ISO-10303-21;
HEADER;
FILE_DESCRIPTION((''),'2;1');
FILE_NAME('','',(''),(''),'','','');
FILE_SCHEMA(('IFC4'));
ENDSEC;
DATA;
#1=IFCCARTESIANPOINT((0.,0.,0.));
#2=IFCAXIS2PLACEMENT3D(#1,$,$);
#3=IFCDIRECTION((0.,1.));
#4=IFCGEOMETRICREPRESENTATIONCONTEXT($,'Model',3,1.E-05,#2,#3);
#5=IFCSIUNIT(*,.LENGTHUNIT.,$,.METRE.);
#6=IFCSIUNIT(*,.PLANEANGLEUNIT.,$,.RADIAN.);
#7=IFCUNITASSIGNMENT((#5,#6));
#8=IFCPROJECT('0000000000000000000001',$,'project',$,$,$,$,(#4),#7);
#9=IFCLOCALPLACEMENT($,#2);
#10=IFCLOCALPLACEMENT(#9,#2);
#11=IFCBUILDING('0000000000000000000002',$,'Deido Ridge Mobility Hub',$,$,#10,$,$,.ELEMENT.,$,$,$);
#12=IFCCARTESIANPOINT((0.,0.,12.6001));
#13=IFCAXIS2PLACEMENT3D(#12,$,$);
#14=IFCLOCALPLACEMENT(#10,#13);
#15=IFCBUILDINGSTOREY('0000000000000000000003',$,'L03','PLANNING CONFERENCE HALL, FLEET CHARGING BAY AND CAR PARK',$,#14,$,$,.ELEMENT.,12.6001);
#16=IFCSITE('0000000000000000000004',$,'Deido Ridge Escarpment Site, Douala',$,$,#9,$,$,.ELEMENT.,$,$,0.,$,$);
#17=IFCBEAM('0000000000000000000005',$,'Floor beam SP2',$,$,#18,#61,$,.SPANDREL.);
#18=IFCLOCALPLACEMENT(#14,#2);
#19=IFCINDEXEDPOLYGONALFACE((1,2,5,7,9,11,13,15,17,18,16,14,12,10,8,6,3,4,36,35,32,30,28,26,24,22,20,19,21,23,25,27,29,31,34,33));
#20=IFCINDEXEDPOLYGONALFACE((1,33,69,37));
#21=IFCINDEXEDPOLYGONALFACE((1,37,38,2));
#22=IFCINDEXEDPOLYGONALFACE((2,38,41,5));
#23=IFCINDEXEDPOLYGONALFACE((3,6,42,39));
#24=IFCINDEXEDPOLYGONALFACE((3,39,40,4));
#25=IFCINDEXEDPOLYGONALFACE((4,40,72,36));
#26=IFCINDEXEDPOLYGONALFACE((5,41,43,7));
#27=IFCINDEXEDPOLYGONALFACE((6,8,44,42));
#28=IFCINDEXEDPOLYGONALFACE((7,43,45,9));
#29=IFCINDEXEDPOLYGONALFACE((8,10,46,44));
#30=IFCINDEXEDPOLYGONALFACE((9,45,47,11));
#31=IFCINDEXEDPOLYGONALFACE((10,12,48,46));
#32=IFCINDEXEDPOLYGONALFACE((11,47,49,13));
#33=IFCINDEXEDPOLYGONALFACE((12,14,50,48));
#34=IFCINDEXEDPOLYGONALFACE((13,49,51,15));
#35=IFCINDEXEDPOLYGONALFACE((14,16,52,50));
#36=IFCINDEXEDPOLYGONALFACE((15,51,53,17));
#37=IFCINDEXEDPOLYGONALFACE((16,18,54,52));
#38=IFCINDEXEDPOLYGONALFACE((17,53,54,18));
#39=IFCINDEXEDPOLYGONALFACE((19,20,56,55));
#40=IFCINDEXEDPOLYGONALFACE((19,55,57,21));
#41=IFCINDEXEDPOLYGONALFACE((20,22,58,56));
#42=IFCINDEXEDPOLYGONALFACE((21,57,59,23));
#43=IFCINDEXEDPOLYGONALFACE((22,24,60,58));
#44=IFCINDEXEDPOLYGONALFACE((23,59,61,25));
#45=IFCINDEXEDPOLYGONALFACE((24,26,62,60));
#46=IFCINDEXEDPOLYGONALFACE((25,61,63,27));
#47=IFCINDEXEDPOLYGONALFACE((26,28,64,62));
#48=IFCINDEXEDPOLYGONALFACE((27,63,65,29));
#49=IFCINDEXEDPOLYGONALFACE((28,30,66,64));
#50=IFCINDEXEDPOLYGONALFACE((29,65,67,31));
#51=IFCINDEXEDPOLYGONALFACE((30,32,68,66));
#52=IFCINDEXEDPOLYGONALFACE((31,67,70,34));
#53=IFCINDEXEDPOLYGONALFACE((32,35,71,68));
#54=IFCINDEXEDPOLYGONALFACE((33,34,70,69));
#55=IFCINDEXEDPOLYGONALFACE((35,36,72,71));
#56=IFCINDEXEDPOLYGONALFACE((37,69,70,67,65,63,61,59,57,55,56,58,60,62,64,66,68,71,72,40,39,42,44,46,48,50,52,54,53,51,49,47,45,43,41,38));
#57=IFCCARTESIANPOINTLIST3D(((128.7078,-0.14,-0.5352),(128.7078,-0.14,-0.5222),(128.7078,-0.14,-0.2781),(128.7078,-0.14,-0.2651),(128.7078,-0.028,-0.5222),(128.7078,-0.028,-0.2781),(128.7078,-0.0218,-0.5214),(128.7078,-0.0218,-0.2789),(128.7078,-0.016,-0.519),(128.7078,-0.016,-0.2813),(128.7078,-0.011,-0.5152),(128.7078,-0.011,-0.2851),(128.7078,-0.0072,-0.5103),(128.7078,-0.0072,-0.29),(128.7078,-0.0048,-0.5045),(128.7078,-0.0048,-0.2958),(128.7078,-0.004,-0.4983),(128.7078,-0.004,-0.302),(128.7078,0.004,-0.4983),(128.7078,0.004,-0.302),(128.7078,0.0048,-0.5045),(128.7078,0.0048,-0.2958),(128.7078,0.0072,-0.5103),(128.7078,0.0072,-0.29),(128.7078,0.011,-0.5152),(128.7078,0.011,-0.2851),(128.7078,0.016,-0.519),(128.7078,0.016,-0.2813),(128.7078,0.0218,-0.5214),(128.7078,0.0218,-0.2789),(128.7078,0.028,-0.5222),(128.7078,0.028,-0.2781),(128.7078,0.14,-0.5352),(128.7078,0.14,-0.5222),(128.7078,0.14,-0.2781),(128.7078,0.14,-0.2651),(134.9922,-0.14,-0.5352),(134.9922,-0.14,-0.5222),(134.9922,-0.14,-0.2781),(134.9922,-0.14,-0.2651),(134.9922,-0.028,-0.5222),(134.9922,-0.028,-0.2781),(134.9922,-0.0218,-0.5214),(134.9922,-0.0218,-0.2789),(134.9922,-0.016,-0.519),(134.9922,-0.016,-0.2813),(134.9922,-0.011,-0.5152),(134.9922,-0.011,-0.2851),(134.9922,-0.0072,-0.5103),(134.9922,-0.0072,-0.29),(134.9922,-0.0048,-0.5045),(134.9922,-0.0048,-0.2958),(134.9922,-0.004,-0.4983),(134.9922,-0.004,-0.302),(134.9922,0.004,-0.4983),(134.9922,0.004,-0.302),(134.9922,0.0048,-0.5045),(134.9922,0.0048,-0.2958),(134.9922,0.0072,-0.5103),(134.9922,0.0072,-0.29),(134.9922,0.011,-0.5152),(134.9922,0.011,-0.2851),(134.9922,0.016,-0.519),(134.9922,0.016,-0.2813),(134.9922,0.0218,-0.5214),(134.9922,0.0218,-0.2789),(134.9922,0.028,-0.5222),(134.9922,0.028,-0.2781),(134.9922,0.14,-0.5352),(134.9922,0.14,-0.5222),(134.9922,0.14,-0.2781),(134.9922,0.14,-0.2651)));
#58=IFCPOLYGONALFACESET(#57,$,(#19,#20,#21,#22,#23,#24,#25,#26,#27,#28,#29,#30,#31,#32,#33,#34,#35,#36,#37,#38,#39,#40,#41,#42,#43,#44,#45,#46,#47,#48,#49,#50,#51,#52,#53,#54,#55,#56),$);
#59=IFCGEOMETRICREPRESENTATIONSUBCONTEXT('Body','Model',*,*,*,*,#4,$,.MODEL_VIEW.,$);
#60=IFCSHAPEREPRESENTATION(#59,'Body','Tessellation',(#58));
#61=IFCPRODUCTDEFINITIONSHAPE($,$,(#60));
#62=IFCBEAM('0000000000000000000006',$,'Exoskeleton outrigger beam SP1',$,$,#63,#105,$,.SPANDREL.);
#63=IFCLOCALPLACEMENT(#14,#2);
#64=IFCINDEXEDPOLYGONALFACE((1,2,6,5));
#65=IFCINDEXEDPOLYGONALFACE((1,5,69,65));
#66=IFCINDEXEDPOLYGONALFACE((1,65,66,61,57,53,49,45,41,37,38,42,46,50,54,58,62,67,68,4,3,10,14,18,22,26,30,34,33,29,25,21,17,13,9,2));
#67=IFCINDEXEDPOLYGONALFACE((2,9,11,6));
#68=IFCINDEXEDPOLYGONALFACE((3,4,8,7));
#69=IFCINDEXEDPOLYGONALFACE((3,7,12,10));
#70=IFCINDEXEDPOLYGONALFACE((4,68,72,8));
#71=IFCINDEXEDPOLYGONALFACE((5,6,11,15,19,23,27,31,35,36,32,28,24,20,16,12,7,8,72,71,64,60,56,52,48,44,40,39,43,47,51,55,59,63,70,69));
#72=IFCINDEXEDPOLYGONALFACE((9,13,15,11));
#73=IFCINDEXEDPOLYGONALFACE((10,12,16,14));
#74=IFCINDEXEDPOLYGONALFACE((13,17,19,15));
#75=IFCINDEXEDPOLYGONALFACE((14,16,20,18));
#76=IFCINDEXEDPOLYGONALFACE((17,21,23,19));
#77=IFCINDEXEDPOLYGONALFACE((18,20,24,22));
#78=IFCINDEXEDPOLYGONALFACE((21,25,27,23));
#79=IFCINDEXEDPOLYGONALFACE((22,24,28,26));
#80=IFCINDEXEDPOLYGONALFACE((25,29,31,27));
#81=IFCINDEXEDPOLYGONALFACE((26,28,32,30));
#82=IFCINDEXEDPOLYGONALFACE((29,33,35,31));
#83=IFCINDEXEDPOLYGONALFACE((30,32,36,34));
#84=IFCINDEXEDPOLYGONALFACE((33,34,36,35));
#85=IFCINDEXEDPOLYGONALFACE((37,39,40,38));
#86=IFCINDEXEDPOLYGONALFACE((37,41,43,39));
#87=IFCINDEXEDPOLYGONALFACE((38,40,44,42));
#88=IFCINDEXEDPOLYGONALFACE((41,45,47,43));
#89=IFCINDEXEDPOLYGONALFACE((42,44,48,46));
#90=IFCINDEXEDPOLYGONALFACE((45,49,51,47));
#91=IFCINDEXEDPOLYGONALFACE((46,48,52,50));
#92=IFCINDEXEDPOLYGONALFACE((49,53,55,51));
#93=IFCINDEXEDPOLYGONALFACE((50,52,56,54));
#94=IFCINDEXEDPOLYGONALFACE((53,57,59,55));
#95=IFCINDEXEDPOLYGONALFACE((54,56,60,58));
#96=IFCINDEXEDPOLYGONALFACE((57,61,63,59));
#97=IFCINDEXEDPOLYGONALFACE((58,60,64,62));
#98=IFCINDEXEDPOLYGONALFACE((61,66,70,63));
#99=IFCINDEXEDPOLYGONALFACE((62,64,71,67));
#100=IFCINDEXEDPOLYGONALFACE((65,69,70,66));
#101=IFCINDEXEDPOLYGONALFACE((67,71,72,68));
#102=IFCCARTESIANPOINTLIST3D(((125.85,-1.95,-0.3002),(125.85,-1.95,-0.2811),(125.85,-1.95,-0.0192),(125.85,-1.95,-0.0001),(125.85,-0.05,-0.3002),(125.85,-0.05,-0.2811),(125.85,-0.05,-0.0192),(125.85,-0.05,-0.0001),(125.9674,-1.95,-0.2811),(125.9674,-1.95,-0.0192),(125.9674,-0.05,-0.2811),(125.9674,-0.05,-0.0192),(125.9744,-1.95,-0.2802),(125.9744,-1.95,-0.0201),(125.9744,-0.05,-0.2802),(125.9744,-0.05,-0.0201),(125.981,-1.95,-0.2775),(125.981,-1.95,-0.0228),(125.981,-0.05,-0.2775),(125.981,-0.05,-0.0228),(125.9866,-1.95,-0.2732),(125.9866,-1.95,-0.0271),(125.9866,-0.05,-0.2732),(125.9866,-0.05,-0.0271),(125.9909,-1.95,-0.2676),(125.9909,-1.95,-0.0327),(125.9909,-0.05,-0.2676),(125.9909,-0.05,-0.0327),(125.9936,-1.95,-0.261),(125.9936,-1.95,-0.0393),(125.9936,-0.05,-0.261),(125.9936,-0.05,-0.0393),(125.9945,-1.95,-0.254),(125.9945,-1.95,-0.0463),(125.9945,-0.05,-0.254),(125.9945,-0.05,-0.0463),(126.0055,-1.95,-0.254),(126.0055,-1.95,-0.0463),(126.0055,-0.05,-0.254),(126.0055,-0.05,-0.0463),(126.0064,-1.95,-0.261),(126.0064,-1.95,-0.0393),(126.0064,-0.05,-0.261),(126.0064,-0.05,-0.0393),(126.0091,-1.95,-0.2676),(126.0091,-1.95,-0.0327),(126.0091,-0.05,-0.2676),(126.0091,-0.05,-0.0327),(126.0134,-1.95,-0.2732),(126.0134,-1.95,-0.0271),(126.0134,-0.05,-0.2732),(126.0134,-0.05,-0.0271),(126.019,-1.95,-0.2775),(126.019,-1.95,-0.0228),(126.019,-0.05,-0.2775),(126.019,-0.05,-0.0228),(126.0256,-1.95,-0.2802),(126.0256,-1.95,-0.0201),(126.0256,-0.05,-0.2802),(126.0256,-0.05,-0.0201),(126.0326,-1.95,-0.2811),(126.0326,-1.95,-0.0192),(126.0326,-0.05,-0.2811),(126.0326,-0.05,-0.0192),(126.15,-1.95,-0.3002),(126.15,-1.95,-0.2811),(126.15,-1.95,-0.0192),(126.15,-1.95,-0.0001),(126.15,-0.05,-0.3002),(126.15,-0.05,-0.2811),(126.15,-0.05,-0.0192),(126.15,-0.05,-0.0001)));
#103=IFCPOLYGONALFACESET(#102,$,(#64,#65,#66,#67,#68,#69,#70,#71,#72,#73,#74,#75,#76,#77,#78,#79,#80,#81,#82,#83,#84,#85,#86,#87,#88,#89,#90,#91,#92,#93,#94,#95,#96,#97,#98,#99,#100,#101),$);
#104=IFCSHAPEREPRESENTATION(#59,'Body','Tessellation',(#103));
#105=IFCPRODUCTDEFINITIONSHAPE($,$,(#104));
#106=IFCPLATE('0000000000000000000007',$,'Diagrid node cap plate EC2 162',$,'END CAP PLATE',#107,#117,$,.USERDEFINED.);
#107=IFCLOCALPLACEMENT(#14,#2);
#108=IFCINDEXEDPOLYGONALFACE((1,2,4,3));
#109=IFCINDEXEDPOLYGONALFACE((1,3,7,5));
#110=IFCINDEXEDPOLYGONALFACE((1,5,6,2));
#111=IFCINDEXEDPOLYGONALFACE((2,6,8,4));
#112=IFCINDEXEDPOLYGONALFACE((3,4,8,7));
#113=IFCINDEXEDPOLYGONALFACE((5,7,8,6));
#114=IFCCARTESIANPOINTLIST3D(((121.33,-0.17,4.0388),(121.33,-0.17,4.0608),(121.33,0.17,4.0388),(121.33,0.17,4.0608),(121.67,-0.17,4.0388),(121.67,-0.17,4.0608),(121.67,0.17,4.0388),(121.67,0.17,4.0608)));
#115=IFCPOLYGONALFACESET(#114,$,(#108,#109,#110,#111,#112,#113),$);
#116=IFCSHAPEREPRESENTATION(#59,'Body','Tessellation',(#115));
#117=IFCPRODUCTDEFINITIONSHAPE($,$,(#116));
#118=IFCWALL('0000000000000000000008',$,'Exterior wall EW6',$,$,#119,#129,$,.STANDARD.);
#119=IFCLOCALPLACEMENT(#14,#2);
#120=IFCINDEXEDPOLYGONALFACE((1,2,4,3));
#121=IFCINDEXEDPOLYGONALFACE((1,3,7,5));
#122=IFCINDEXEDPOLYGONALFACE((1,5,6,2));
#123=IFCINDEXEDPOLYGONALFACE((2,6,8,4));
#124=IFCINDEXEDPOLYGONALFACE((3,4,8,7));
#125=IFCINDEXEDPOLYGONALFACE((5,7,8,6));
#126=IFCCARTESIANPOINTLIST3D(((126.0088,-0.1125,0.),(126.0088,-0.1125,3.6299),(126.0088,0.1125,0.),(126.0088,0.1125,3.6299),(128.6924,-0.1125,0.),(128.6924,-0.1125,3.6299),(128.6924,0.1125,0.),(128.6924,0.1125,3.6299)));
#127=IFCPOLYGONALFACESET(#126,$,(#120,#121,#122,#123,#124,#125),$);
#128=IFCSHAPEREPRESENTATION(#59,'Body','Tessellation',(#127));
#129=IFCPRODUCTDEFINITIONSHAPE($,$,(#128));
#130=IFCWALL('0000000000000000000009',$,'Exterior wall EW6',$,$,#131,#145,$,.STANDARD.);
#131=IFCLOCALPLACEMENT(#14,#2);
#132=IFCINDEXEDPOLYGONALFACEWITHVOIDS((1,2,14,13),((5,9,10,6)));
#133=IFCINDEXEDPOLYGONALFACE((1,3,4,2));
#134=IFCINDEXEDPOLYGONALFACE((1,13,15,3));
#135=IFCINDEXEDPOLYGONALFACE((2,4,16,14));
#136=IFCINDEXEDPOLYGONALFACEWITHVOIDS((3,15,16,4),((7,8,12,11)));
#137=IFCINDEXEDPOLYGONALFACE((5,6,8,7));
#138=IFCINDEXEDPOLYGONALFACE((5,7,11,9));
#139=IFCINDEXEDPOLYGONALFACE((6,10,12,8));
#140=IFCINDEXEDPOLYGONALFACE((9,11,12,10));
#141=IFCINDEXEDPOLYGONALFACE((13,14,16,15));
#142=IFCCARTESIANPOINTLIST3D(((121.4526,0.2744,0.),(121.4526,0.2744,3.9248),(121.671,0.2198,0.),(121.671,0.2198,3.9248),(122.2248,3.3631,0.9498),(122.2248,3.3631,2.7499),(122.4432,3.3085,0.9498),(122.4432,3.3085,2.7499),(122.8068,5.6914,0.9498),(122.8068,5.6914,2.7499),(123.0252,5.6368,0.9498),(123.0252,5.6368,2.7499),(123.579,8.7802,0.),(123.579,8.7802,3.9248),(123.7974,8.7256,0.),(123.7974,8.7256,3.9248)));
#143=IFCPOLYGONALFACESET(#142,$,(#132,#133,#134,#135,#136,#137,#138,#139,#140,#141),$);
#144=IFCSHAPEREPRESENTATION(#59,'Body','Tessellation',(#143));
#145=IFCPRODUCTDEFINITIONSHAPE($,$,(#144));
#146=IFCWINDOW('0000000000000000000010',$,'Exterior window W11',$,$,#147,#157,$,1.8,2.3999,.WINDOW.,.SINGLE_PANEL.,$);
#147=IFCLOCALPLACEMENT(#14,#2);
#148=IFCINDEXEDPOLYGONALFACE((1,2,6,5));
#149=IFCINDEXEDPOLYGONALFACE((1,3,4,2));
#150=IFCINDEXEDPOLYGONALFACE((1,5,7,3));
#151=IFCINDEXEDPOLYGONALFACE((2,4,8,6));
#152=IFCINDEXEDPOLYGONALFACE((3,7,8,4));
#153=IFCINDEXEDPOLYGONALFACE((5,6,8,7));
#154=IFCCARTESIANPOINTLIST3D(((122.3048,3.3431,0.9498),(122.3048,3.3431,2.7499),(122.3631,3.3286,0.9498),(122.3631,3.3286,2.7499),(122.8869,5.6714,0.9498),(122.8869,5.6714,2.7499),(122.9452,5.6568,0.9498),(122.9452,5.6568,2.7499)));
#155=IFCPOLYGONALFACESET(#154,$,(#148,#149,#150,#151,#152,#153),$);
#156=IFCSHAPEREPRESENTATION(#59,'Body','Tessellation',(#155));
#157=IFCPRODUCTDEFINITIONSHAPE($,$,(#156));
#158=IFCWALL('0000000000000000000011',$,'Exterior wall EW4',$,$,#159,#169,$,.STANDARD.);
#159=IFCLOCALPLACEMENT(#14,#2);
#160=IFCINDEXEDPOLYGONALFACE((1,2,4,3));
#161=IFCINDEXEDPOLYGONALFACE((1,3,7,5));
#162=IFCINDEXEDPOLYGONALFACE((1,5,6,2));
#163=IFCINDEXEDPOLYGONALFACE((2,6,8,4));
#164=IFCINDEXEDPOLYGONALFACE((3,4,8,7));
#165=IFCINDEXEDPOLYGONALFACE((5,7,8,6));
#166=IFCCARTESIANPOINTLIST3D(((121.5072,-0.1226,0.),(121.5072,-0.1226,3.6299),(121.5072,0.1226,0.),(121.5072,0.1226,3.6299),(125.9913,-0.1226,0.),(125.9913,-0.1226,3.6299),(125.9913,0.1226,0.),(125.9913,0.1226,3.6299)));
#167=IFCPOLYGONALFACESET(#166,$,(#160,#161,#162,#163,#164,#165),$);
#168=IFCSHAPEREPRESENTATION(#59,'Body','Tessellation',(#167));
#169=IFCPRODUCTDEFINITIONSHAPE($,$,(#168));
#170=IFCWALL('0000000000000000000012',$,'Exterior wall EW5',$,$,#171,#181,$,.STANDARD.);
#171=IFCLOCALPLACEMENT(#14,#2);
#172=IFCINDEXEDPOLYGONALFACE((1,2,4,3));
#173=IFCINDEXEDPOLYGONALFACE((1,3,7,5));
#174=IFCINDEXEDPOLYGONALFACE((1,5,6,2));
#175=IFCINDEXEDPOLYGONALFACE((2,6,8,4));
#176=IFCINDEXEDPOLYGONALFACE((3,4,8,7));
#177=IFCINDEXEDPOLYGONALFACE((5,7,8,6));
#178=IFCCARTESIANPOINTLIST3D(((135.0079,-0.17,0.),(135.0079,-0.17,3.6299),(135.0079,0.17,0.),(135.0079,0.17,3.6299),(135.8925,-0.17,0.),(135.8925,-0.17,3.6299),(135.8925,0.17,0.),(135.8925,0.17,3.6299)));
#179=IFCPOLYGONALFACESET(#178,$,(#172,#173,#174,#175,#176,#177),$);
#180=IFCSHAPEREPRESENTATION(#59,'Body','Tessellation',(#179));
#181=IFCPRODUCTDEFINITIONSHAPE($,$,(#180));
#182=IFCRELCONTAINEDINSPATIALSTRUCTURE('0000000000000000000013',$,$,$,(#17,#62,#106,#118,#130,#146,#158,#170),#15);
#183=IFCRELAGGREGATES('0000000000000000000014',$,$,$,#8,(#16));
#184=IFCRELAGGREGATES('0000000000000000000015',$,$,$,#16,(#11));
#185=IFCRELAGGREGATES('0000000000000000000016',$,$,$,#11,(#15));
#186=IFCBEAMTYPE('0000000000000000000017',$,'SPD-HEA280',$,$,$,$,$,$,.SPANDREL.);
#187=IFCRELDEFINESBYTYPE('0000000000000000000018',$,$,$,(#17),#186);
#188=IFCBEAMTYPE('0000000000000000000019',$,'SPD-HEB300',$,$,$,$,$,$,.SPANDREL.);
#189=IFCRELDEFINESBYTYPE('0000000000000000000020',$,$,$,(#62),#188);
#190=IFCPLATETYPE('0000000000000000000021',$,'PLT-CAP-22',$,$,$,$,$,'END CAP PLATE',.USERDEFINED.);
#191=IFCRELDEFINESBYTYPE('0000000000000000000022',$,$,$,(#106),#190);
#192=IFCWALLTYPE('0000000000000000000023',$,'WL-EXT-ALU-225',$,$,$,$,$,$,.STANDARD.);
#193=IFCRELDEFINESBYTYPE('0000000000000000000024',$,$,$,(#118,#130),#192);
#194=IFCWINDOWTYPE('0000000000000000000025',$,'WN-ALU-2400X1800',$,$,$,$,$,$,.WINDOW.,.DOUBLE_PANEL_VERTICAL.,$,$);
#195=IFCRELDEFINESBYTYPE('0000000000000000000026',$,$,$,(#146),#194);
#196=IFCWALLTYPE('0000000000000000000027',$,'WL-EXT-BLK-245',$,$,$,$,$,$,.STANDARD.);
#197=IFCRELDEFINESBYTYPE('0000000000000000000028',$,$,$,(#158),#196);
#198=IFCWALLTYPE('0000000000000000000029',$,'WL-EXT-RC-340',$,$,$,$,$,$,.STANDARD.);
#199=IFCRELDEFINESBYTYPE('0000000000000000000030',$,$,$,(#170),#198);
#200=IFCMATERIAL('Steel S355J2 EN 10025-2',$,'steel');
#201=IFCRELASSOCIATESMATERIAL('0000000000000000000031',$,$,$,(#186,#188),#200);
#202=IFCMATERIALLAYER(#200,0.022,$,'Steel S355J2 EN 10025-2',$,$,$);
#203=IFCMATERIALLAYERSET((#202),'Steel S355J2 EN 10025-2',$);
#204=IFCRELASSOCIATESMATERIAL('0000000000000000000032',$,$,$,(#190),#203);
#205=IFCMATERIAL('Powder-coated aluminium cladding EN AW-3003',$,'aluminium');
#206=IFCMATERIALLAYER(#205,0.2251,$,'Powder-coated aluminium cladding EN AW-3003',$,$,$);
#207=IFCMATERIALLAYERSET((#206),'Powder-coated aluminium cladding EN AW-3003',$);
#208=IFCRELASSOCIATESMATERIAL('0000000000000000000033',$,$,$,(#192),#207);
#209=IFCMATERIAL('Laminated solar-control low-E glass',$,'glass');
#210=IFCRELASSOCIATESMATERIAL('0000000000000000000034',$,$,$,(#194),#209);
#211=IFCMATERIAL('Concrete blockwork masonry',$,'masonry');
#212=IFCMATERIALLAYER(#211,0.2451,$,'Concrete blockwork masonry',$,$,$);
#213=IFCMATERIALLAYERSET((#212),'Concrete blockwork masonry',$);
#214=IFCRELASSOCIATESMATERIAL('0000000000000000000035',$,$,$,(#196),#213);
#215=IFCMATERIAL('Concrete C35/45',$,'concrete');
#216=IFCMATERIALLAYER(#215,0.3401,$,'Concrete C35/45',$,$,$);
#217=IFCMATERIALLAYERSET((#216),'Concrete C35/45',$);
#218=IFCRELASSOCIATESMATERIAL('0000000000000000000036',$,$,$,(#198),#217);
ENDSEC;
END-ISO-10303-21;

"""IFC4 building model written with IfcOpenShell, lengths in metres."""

from ifc_helpers import new_model, si_unit, direction, frame, frame_2d, origin, origin_2d, place, context, subcontext, project, spatial, rectangle, i_section, extrude, material, layer, layer_set, material_profile, profile_set, type_object, element, fill, save


model = new_model("IFC4")

# Units and contexts
model_context = context("Model", 3, precision=1e-05, world=origin(), true_north=direction((0.0, 1.0)))
body_context = subcontext(model_context, "Body", "Model", "MODEL_VIEW")
ifc_project = project(units=[si_unit("LENGTHUNIT", "METRE"), si_unit("PLANEANGLEUNIT", "RADIAN")], contexts=[model_context])

# Site, building, storey
site_placement = place(None, origin())
site = spatial("IfcSite", under=ifc_project, at=site_placement, Name="Deido Ridge Escarpment Site, Douala", CompositionType="ELEMENT", RefElevation=0.0)
building_placement = place(site_placement, origin())
building = spatial("IfcBuilding", under=site, at=building_placement, Name="Deido Ridge Mobility Hub", CompositionType="ELEMENT")
storey_placement = place(building_placement, frame((0.0, 0.0, 12.6001)))
storey = spatial("IfcBuildingStorey", under=building, at=storey_placement, Name="L03", Description="PLANNING CONFERENCE HALL, FLEET CHARGING BAY AND CAR PARK", CompositionType="ELEMENT", Elevation=12.6001)

# Shared definitions
ifc_material_1 = material(Name="Steel S355J2 EN 10025-2", Category="steel")

# Beams
ifc_material_profile_1 = material_profile(ifc_material_1, i_section(OverallWidth=0.28, OverallDepth=0.27, WebThickness=0.0081, FlangeThickness=0.0129, FilletRadius=0.0239, at=origin_2d()), Name="HEA 280")
ifc_profile_set_1 = profile_set([ifc_material_profile_1], Name="Steel S355J2 EN 10025-2")
beam_type_1 = type_object("IfcBeamType", Name="SPD-HEA280", PredefinedType="SPANDREL", material=ifc_profile_set_1)
beam_1_placement = place(storey_placement, frame((128.7078, 0.0, -0.4001), z_axis=(1.0, 0.0, 0.0), x_axis=(0.0, 1.0, 0.0)))
element("IfcBeam", 1, at=beam_1_placement, inside=storey, type_object=beam_type_1, Name="Floor beam SP2", PredefinedType="SPANDREL", context=body_context, shape_type="SweptSolid", body=[
    extrude(i_section(OverallWidth=0.28, OverallDepth=0.27, WebThickness=0.0081, FlangeThickness=0.0129, FilletRadius=0.0239, at=origin_2d()), origin(), (0.0, 0.0, 1.0), 6.2844),
])
ifc_material_profile_2 = material_profile(ifc_material_1, i_section(OverallWidth=0.3, OverallDepth=0.3, WebThickness=0.011, FlangeThickness=0.019, FilletRadius=0.0271, at=origin_2d()), Name="HEB 300")
ifc_profile_set_2 = profile_set([ifc_material_profile_2], Name="Steel S355J2 EN 10025-2")
beam_type_2 = type_object("IfcBeamType", Name="SPD-HEB300", PredefinedType="SPANDREL", material=ifc_profile_set_2)
beam_2_placement = place(storey_placement, frame((126.0, -0.05, -0.1501), z_axis=(0.0, -1.0, 0.0), x_axis=(1.0, 0.0, 0.0)))
element("IfcBeam", 2, at=beam_2_placement, inside=storey, type_object=beam_type_2, Name="Exoskeleton outrigger beam SP1", PredefinedType="SPANDREL", context=body_context, shape_type="SweptSolid", body=[
    extrude(i_section(OverallWidth=0.3, OverallDepth=0.3, WebThickness=0.011, FlangeThickness=0.019, FilletRadius=0.0271, at=origin_2d()), origin(), (0.0, 0.0, 1.0), 1.8999),
])

# Plate
ifc_layer_1 = layer(ifc_material_1, 0.022, Name="Steel S355J2 EN 10025-2")
ifc_layer_set_1 = layer_set([ifc_layer_1], Name="Steel S355J2 EN 10025-2")
plate_type = type_object("IfcPlateType", Name="PLT-CAP-22", ElementType="END CAP PLATE", PredefinedType="USERDEFINED", material=ifc_layer_set_1)
plate_placement = place(storey_placement, frame((121.5, 0.0, 4.0388), z_axis=(0.0, 0.0, 1.0), x_axis=(1.0, 0.0, 0.0)))
element("IfcPlate", 3, at=plate_placement, inside=storey, type_object=plate_type, Name="Diagrid node cap plate EC2 162", ObjectType="END CAP PLATE", PredefinedType="USERDEFINED", context=body_context, shape_type="SweptSolid", body=[
    extrude(rectangle(XDim=0.3401, YDim=0.3401, at=origin_2d()), origin(), (0.0, 0.0, 1.0), 0.022),
])

# Wall
ifc_material_2 = material(Name="Powder-coated aluminium cladding EN AW-3003", Category="aluminium")
ifc_layer_2 = layer(ifc_material_2, 0.2251, Name="Powder-coated aluminium cladding EN AW-3003")
ifc_layer_set_2 = layer_set([ifc_layer_2], Name="Powder-coated aluminium cladding EN AW-3003")
wall_type_1 = type_object("IfcWallType", Name="WL-EXT-ALU-225", PredefinedType="STANDARD", material=ifc_layer_set_2)
wall_1_placement = place(storey_placement, frame((126.0088, 0.0, 0.0), z_axis=(0.0, 0.0, 1.0), x_axis=(1.0, 0.0, 0.0)))
element("IfcWall", 4, at=wall_1_placement, inside=storey, type_object=wall_type_1, Name="Exterior wall EW6", PredefinedType="STANDARD", context=body_context, shape_type="SweptSolid", body=[
    extrude(rectangle(XDim=2.6836, YDim=0.2251, at=frame_2d((1.3418, 0.0))), origin(), (0.0, 0.0, 1.0), 3.6299),
])

# Wall, opening, window
wall_2_placement = place(storey_placement, frame((121.5618, 0.2471, 0.0), z_axis=(0.0, 0.0, 1.0), x_axis=(0.242536, 0.970143, 0.0)))
wall_2 = element("IfcWall", 5, at=wall_2_placement, inside=storey, type_object=wall_type_1, Name="Exterior wall EW6", PredefinedType="STANDARD", context=body_context, shape_type="SweptSolid", body=[
    extrude(rectangle(XDim=8.7676, YDim=0.2251, at=frame_2d((4.3838, 0.0))), origin(), (0.0, 0.0, 1.0), 3.9248),
])
opening_1_placement = place(wall_2_placement, frame((3.1838, 0.0, 0.95)))
opening_1 = element("IfcOpeningElement", 6, at=opening_1_placement, cuts=wall_2, PredefinedType="OPENING", context=body_context, shape_type="SweptSolid", body=[
    extrude(rectangle(XDim=2.3999, YDim=1.8, at=frame_2d((1.2, 0.8999))), frame((0.0, 0.1226, 0.0), z_axis=(0.0, -1.0, 0.0), x_axis=(1.0, 0.0, 0.0)), (0.0, 0.0, 1.0), 0.2451),
])
ifc_material_3 = material(Name="Laminated solar-control low-E glass", Category="glass")
window_type_1 = type_object("IfcWindowType", Name="WN-ALU-2400X1800", PartitioningType="DOUBLE_PANEL_VERTICAL", PredefinedType="WINDOW", material=ifc_material_3)
window_1_placement = place(opening_1_placement, origin())
window_1 = element("IfcWindow", 7, at=window_1_placement, inside=storey, type_object=window_type_1, Name="Exterior window W11", OverallHeight=1.8, OverallWidth=2.3999, PartitioningType="SINGLE_PANEL", PredefinedType="WINDOW", context=body_context, shape_type="SweptSolid", body=[
    extrude(rectangle(XDim=2.3999, YDim=1.8, at=frame_2d((1.2, 0.8999))), frame((0.0, 0.03, 0.0), z_axis=(0.0, -1.0, 0.0), x_axis=(1.0, 0.0, 0.0)), (0.0, 0.0, 1.0), 0.0601),
])
fill(opening_1, window_1)

# Walls
ifc_material_4 = material(Name="Concrete blockwork masonry", Category="masonry")
ifc_layer_3 = layer(ifc_material_4, 0.2451, Name="Concrete blockwork masonry")
ifc_layer_set_3 = layer_set([ifc_layer_3], Name="Concrete blockwork masonry")
wall_type_2 = type_object("IfcWallType", Name="WL-EXT-BLK-245", PredefinedType="STANDARD", material=ifc_layer_set_3)
wall_3_placement = place(storey_placement, frame((121.5071, 0.0, 0.0), z_axis=(0.0, 0.0, 1.0), x_axis=(1.0, 0.0, 0.0)))
element("IfcWall", 8, at=wall_3_placement, inside=storey, type_object=wall_type_2, Name="Exterior wall EW4", PredefinedType="STANDARD", context=body_context, shape_type="SweptSolid", body=[
    extrude(rectangle(XDim=4.4841, YDim=0.2451, at=frame_2d((2.2422, 0.0))), origin(), (0.0, 0.0, 1.0), 3.6299),
])
ifc_material_5 = material(Name="Concrete C35/45", Category="concrete")
ifc_layer_4 = layer(ifc_material_5, 0.3401, Name="Concrete C35/45")
ifc_layer_set_4 = layer_set([ifc_layer_4], Name="Concrete C35/45")
wall_type_3 = type_object("IfcWallType", Name="WL-EXT-RC-340", PredefinedType="STANDARD", material=ifc_layer_set_4)
wall_4_placement = place(storey_placement, frame((135.0078, 0.0, 0.0), z_axis=(0.0, 0.0, 1.0), x_axis=(1.0, 0.0, 0.0)))
element("IfcWall", 9, at=wall_4_placement, inside=storey, type_object=wall_type_3, Name="Exterior wall EW5", PredefinedType="STANDARD", context=body_context, shape_type="SweptSolid", body=[
    extrude(rectangle(XDim=0.8845, YDim=0.3401, at=frame_2d((0.4424, 0.0))), origin(), (0.0, 0.0, 1.0), 3.6299),
])

save(model, "model.ifc")
